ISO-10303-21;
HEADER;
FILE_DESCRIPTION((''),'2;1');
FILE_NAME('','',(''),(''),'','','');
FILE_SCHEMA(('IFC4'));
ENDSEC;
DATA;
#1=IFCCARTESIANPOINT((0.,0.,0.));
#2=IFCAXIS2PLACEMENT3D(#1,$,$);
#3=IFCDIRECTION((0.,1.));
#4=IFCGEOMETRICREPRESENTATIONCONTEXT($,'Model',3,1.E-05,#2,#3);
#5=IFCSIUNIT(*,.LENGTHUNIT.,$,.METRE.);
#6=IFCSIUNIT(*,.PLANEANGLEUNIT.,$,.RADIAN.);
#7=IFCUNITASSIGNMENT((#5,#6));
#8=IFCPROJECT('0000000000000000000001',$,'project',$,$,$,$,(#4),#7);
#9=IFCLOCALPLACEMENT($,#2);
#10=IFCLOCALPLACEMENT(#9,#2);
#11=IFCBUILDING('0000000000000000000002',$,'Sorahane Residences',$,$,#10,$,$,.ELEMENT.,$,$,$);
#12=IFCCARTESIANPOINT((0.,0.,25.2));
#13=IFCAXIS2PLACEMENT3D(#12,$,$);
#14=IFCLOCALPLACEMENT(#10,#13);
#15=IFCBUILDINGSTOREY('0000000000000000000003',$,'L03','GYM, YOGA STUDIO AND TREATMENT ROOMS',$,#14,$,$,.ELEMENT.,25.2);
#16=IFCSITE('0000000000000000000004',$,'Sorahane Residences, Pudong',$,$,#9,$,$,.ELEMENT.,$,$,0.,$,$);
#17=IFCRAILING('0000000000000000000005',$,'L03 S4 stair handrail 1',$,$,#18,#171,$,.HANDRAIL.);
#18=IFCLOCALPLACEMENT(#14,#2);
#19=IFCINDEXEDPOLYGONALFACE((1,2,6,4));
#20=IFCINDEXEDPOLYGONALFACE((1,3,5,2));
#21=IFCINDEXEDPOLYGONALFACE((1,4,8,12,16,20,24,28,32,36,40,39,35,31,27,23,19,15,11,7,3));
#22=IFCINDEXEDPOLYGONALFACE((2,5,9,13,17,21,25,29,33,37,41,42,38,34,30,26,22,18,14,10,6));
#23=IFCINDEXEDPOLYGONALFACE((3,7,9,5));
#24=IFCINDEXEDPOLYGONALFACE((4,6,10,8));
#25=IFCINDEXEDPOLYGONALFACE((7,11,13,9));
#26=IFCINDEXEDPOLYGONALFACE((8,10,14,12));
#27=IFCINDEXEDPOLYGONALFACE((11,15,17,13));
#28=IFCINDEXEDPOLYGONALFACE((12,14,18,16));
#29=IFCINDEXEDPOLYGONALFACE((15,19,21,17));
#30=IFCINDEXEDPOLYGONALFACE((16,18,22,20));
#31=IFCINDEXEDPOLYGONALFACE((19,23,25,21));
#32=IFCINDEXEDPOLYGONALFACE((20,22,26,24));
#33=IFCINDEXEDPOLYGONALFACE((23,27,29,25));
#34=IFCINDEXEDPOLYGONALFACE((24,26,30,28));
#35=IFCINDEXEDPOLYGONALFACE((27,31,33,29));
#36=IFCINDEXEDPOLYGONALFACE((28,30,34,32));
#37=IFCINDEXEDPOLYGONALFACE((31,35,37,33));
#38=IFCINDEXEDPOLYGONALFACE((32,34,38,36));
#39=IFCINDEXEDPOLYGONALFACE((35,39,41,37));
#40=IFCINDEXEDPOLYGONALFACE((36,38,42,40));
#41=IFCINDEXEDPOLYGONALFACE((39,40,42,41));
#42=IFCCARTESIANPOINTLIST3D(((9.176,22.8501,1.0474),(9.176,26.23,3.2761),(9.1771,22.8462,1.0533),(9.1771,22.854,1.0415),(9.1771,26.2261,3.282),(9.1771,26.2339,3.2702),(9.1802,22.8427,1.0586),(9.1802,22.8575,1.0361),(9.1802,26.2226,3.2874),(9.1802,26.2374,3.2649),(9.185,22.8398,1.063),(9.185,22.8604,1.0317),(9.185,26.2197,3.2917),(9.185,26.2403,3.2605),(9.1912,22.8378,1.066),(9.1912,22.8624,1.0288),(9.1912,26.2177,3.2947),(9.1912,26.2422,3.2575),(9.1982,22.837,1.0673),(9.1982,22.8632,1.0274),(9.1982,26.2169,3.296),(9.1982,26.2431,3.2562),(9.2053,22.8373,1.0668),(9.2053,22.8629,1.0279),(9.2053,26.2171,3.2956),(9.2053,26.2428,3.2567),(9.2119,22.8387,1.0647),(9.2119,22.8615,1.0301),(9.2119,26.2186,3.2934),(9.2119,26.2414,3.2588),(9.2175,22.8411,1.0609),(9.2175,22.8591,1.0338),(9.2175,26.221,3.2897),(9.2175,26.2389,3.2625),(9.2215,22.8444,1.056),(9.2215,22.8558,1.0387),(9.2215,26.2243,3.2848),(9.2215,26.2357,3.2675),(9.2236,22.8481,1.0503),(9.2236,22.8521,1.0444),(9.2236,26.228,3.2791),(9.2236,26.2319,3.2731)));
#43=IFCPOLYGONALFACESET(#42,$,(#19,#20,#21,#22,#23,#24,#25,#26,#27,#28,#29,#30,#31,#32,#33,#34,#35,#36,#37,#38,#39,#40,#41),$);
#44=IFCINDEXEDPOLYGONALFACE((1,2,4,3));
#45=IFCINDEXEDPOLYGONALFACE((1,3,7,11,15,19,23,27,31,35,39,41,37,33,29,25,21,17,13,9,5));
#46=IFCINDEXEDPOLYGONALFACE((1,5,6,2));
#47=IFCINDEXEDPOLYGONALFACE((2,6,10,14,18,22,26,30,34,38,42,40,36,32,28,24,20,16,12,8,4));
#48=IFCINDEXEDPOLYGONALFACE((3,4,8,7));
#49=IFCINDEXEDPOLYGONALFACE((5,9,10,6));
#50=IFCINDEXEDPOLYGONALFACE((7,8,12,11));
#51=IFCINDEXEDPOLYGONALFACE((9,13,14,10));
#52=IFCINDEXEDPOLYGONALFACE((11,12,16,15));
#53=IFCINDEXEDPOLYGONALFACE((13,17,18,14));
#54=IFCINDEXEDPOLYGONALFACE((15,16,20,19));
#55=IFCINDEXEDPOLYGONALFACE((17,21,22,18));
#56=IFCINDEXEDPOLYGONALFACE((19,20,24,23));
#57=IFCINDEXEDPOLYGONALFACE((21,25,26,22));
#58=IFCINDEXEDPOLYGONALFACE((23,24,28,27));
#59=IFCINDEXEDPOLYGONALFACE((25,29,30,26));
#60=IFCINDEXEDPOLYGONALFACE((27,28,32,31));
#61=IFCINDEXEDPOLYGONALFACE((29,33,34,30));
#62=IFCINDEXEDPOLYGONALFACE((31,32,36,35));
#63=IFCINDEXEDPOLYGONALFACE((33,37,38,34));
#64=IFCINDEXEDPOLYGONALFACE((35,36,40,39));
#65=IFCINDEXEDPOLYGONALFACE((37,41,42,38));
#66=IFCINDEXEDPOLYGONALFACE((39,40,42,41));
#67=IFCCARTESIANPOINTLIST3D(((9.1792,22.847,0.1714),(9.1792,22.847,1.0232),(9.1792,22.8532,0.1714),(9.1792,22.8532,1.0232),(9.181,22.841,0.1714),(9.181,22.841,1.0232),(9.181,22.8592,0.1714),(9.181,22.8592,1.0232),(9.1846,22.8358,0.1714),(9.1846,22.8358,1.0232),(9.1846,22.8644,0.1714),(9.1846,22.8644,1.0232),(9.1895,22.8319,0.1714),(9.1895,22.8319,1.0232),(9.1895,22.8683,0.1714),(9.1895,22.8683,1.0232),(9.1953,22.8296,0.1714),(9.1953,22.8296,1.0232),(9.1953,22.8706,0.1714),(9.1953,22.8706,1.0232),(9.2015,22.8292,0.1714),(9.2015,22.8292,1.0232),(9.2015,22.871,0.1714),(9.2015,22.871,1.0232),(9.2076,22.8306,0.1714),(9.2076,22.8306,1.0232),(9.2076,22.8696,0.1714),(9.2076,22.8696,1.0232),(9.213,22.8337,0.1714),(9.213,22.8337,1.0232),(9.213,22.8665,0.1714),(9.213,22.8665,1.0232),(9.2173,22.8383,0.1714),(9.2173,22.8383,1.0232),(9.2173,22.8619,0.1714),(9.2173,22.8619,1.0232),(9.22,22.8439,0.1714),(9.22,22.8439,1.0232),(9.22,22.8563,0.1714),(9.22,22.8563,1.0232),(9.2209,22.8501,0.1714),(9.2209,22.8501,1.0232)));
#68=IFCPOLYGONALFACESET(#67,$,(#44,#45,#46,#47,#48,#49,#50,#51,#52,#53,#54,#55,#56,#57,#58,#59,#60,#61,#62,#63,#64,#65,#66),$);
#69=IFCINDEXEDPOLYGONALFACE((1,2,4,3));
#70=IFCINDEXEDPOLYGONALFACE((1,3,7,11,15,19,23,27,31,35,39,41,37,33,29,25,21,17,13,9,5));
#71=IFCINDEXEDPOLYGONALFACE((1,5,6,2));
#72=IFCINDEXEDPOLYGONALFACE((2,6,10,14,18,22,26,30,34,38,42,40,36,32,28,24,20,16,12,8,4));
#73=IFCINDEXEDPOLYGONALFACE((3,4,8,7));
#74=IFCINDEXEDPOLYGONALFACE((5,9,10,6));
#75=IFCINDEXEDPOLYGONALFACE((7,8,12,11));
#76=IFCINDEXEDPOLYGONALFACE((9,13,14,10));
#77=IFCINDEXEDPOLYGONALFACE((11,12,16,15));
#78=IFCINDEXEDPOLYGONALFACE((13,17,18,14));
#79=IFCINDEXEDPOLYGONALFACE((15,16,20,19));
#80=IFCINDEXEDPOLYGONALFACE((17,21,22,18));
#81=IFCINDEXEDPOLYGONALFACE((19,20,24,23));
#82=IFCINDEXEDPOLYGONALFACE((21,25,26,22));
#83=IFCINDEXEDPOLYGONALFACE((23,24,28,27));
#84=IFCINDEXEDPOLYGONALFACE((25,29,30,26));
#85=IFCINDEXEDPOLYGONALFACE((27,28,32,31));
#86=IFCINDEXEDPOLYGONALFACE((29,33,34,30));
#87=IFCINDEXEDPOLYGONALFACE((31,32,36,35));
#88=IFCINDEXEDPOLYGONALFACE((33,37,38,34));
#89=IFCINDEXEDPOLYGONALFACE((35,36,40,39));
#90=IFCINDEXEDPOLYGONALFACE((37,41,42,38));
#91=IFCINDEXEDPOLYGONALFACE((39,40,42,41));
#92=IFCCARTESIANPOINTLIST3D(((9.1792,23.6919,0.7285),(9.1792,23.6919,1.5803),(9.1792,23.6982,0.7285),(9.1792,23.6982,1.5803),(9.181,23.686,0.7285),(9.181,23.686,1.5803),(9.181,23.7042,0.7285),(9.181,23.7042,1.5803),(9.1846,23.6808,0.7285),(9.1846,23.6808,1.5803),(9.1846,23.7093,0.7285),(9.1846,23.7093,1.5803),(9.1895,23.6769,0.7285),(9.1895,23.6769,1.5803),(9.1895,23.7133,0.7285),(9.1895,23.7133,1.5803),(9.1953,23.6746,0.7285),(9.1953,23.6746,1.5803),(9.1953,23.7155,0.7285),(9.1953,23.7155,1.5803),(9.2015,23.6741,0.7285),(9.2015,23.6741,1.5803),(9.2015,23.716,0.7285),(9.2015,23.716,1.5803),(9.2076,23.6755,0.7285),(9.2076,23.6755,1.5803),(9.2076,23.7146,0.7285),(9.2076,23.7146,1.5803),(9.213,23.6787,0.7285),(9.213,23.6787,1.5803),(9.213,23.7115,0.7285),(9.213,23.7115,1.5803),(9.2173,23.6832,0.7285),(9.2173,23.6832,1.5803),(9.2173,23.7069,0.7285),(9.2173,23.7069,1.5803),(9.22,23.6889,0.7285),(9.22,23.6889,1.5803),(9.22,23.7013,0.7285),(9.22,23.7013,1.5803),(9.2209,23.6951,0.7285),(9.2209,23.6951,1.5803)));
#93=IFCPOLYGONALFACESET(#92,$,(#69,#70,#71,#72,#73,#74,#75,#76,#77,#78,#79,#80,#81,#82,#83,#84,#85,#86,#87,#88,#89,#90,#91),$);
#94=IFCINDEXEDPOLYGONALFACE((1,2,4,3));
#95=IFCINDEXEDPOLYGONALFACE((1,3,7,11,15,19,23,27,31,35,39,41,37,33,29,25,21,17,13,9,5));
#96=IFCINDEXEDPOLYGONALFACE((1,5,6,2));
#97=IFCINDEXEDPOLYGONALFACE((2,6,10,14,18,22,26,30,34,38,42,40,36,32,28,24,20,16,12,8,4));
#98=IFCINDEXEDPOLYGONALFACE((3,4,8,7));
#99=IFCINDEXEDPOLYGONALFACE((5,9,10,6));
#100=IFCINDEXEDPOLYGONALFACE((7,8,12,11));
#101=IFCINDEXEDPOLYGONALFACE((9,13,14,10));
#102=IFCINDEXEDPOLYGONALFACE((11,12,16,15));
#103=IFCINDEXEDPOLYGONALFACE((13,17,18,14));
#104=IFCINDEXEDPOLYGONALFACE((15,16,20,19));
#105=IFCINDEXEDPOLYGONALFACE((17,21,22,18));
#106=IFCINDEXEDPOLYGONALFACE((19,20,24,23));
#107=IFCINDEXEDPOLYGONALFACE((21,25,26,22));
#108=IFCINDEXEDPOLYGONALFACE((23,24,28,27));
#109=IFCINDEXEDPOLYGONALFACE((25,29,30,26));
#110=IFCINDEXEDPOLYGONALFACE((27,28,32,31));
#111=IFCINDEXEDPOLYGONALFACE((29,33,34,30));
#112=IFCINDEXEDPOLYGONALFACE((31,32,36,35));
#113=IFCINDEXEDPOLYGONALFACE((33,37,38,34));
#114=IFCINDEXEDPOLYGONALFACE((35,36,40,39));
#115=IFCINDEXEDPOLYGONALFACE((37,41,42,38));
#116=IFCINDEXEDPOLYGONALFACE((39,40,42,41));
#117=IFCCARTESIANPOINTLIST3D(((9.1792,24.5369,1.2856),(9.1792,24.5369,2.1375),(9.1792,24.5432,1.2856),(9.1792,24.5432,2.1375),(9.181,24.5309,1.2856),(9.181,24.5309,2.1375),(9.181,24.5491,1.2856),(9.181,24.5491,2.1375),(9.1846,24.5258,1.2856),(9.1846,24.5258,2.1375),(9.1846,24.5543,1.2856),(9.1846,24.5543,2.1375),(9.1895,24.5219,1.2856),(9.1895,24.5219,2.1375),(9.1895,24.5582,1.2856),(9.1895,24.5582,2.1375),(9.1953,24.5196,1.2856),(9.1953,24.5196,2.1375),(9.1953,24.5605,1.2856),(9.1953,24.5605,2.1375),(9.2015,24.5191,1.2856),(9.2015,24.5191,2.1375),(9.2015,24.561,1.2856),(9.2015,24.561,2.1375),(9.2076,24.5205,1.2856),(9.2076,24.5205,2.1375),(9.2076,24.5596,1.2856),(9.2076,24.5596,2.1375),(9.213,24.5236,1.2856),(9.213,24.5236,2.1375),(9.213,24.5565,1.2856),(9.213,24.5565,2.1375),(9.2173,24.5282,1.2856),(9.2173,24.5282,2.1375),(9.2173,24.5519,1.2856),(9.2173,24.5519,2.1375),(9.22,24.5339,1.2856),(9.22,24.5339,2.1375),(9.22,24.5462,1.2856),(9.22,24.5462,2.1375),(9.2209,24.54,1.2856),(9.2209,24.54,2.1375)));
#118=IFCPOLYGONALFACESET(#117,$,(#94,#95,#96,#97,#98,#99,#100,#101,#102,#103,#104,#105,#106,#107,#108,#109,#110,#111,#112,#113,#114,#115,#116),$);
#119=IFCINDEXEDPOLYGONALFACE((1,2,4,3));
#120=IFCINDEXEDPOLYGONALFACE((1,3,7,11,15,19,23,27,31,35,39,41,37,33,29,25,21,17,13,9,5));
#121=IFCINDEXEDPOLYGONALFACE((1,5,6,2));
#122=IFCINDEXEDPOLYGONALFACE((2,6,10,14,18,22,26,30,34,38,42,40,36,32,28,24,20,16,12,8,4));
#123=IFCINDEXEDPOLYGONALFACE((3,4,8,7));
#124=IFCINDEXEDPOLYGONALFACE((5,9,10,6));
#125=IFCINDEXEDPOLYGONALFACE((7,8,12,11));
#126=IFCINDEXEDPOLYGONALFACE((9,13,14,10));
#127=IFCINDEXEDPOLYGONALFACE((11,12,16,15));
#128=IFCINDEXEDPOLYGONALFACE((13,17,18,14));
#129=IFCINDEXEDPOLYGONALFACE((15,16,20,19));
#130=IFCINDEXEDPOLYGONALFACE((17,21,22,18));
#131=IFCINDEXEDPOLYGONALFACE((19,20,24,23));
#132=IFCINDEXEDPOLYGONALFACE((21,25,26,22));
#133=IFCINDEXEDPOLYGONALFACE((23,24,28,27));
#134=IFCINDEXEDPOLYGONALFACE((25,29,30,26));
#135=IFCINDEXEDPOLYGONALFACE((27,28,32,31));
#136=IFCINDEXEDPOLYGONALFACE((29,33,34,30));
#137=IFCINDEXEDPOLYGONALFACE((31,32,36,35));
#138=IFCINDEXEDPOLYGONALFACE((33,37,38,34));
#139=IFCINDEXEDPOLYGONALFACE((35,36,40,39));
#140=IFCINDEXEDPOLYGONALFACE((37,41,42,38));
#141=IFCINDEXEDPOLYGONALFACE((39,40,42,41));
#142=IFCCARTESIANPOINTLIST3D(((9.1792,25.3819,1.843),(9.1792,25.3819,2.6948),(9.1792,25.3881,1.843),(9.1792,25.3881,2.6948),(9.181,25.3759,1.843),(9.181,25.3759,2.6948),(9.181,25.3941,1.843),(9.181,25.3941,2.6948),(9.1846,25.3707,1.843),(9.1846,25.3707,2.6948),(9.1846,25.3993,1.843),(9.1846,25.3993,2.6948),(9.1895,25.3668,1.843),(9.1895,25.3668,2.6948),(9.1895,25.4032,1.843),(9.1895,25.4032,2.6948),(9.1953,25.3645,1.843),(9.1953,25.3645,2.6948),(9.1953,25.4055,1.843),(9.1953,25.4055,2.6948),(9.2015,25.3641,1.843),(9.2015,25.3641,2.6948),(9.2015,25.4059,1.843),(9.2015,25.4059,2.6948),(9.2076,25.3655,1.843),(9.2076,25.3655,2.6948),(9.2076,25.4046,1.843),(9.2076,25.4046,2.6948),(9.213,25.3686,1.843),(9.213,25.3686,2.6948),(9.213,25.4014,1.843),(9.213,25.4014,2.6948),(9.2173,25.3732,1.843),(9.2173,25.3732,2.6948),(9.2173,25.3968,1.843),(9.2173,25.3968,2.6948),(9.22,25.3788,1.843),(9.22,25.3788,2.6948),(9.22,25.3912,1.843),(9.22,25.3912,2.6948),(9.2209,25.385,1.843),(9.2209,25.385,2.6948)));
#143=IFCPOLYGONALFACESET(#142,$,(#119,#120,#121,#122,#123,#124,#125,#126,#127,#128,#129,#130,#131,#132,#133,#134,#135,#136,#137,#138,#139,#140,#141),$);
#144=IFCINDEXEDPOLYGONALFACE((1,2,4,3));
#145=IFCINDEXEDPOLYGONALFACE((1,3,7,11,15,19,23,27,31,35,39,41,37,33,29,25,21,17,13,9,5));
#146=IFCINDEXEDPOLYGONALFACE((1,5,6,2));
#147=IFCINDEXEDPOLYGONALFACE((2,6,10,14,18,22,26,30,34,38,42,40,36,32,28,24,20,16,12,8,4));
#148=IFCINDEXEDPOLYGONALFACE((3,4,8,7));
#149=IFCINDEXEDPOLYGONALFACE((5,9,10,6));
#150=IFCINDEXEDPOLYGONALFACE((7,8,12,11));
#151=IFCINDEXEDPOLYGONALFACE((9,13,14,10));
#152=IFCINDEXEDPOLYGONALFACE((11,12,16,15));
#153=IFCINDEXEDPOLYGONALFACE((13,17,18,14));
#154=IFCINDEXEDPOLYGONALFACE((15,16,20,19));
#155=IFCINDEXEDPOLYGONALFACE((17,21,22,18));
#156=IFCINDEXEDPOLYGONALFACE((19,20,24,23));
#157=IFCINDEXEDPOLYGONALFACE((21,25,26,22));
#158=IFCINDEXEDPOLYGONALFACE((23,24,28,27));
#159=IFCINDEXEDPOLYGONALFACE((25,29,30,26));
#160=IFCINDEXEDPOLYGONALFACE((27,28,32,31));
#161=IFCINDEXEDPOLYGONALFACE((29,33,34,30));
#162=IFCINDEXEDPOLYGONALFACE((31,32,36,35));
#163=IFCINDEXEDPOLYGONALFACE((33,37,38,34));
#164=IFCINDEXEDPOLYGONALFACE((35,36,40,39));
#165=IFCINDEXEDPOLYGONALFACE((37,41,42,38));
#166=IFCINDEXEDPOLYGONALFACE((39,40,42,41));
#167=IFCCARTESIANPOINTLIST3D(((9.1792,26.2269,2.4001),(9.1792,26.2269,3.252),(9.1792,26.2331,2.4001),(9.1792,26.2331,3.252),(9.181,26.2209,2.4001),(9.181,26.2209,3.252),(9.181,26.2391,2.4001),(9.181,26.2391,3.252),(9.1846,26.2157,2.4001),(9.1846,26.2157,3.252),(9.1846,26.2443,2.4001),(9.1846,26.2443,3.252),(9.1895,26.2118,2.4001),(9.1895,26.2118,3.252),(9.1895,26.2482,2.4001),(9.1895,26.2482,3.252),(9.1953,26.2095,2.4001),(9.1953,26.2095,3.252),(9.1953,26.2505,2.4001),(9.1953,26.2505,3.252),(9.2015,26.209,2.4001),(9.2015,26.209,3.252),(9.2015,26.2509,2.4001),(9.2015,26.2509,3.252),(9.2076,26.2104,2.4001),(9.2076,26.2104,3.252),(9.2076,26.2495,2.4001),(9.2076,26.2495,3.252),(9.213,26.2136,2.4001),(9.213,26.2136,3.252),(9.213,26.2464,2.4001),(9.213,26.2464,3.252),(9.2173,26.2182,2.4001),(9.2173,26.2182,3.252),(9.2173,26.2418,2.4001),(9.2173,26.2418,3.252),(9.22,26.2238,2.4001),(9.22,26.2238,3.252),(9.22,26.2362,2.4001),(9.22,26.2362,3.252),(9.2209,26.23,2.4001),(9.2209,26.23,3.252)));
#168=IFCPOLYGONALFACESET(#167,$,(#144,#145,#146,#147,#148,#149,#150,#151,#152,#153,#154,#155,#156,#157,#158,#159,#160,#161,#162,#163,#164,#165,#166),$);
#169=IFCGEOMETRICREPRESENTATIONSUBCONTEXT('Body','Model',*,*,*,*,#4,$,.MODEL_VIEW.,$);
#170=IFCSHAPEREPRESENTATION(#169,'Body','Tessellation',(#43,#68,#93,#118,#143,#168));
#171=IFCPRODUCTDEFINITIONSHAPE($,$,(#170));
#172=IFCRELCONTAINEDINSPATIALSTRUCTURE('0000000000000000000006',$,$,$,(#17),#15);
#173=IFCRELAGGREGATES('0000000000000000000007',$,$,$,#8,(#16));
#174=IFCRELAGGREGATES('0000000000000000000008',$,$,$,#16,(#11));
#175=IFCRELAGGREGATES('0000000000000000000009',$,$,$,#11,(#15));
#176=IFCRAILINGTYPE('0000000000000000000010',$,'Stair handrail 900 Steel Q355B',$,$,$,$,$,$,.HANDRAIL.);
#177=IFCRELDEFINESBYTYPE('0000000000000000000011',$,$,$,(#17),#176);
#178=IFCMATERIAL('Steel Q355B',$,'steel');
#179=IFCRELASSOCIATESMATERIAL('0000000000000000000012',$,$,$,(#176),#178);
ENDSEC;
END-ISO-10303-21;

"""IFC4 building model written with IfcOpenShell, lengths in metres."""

from ifc_helpers import new_model, si_unit, direction, frame, origin, origin_2d, place, context, subcontext, project, spatial, circle, extrude, material, type_object, element, save


model = new_model("IFC4")

# Units and contexts
model_context = context("Model", 3, precision=1e-05, world=origin(), true_north=direction((0.0, 1.0)))
body_context = subcontext(model_context, "Body", "Model", "MODEL_VIEW")
ifc_project = project(units=[si_unit("LENGTHUNIT", "METRE"), si_unit("PLANEANGLEUNIT", "RADIAN")], contexts=[model_context])

# Site, building, storey
site_placement = place(None, origin())
site = spatial("IfcSite", under=ifc_project, at=site_placement, Name="Sorahane Residences, Pudong", CompositionType="ELEMENT", RefElevation=0.0)
building_placement = place(site_placement, origin())
building = spatial("IfcBuilding", under=site, at=building_placement, Name="Sorahane Residences", CompositionType="ELEMENT")
storey_placement = place(building_placement, frame((0.0, 0.0, 25.2)))
storey = spatial("IfcBuildingStorey", under=building, at=storey_placement, Name="L03", Description="GYM, YOGA STUDIO AND TREATMENT ROOMS", CompositionType="ELEMENT", Elevation=25.2)

# Railing
ifc_material_1 = material(Name="Steel Q355B", Category="steel")
railing_type_1 = type_object("IfcRailingType", Name="Stair handrail 900 Steel Q355B", PredefinedType="HANDRAIL", material=ifc_material_1)
railing_1_placement = place(storey_placement, frame((9.2, 22.8501, 0.1714)))
element("IfcRailing", 1, at=railing_1_placement, inside=storey, type_object=railing_type_1, Name="L03 S4 stair handrail 1", PredefinedType="HANDRAIL", context=body_context, shape_type="SweptSolid", body=[
    extrude(circle(Radius=0.0239, at=origin_2d()), frame((0.0, 0.0, 0.876), z_axis=(0.0, 0.834832, 0.550504), x_axis=(-1.0, 0.0, 0.0)), (0.0, 0.0, 1.0), 4.0486),
    extrude(circle(Radius=0.021, at=origin_2d()), origin(), (0.0, 0.0, 1.0), 0.8518),
    extrude(circle(Radius=0.021, at=origin_2d()), frame((0.0, 0.845, 0.5571)), (0.0, 0.0, 1.0), 0.8518),
    extrude(circle(Radius=0.021, at=origin_2d()), frame((0.0, 1.6899, 1.1143)), (0.0, 0.0, 1.0), 0.8518),
    extrude(circle(Radius=0.021, at=origin_2d()), frame((0.0, 2.5349, 1.6716)), (0.0, 0.0, 1.0), 0.8518),
    extrude(circle(Radius=0.021, at=origin_2d()), frame((0.0, 3.3799, 2.2288)), (0.0, 0.0, 1.0), 0.8518),
])

save(model, "model.ifc")
